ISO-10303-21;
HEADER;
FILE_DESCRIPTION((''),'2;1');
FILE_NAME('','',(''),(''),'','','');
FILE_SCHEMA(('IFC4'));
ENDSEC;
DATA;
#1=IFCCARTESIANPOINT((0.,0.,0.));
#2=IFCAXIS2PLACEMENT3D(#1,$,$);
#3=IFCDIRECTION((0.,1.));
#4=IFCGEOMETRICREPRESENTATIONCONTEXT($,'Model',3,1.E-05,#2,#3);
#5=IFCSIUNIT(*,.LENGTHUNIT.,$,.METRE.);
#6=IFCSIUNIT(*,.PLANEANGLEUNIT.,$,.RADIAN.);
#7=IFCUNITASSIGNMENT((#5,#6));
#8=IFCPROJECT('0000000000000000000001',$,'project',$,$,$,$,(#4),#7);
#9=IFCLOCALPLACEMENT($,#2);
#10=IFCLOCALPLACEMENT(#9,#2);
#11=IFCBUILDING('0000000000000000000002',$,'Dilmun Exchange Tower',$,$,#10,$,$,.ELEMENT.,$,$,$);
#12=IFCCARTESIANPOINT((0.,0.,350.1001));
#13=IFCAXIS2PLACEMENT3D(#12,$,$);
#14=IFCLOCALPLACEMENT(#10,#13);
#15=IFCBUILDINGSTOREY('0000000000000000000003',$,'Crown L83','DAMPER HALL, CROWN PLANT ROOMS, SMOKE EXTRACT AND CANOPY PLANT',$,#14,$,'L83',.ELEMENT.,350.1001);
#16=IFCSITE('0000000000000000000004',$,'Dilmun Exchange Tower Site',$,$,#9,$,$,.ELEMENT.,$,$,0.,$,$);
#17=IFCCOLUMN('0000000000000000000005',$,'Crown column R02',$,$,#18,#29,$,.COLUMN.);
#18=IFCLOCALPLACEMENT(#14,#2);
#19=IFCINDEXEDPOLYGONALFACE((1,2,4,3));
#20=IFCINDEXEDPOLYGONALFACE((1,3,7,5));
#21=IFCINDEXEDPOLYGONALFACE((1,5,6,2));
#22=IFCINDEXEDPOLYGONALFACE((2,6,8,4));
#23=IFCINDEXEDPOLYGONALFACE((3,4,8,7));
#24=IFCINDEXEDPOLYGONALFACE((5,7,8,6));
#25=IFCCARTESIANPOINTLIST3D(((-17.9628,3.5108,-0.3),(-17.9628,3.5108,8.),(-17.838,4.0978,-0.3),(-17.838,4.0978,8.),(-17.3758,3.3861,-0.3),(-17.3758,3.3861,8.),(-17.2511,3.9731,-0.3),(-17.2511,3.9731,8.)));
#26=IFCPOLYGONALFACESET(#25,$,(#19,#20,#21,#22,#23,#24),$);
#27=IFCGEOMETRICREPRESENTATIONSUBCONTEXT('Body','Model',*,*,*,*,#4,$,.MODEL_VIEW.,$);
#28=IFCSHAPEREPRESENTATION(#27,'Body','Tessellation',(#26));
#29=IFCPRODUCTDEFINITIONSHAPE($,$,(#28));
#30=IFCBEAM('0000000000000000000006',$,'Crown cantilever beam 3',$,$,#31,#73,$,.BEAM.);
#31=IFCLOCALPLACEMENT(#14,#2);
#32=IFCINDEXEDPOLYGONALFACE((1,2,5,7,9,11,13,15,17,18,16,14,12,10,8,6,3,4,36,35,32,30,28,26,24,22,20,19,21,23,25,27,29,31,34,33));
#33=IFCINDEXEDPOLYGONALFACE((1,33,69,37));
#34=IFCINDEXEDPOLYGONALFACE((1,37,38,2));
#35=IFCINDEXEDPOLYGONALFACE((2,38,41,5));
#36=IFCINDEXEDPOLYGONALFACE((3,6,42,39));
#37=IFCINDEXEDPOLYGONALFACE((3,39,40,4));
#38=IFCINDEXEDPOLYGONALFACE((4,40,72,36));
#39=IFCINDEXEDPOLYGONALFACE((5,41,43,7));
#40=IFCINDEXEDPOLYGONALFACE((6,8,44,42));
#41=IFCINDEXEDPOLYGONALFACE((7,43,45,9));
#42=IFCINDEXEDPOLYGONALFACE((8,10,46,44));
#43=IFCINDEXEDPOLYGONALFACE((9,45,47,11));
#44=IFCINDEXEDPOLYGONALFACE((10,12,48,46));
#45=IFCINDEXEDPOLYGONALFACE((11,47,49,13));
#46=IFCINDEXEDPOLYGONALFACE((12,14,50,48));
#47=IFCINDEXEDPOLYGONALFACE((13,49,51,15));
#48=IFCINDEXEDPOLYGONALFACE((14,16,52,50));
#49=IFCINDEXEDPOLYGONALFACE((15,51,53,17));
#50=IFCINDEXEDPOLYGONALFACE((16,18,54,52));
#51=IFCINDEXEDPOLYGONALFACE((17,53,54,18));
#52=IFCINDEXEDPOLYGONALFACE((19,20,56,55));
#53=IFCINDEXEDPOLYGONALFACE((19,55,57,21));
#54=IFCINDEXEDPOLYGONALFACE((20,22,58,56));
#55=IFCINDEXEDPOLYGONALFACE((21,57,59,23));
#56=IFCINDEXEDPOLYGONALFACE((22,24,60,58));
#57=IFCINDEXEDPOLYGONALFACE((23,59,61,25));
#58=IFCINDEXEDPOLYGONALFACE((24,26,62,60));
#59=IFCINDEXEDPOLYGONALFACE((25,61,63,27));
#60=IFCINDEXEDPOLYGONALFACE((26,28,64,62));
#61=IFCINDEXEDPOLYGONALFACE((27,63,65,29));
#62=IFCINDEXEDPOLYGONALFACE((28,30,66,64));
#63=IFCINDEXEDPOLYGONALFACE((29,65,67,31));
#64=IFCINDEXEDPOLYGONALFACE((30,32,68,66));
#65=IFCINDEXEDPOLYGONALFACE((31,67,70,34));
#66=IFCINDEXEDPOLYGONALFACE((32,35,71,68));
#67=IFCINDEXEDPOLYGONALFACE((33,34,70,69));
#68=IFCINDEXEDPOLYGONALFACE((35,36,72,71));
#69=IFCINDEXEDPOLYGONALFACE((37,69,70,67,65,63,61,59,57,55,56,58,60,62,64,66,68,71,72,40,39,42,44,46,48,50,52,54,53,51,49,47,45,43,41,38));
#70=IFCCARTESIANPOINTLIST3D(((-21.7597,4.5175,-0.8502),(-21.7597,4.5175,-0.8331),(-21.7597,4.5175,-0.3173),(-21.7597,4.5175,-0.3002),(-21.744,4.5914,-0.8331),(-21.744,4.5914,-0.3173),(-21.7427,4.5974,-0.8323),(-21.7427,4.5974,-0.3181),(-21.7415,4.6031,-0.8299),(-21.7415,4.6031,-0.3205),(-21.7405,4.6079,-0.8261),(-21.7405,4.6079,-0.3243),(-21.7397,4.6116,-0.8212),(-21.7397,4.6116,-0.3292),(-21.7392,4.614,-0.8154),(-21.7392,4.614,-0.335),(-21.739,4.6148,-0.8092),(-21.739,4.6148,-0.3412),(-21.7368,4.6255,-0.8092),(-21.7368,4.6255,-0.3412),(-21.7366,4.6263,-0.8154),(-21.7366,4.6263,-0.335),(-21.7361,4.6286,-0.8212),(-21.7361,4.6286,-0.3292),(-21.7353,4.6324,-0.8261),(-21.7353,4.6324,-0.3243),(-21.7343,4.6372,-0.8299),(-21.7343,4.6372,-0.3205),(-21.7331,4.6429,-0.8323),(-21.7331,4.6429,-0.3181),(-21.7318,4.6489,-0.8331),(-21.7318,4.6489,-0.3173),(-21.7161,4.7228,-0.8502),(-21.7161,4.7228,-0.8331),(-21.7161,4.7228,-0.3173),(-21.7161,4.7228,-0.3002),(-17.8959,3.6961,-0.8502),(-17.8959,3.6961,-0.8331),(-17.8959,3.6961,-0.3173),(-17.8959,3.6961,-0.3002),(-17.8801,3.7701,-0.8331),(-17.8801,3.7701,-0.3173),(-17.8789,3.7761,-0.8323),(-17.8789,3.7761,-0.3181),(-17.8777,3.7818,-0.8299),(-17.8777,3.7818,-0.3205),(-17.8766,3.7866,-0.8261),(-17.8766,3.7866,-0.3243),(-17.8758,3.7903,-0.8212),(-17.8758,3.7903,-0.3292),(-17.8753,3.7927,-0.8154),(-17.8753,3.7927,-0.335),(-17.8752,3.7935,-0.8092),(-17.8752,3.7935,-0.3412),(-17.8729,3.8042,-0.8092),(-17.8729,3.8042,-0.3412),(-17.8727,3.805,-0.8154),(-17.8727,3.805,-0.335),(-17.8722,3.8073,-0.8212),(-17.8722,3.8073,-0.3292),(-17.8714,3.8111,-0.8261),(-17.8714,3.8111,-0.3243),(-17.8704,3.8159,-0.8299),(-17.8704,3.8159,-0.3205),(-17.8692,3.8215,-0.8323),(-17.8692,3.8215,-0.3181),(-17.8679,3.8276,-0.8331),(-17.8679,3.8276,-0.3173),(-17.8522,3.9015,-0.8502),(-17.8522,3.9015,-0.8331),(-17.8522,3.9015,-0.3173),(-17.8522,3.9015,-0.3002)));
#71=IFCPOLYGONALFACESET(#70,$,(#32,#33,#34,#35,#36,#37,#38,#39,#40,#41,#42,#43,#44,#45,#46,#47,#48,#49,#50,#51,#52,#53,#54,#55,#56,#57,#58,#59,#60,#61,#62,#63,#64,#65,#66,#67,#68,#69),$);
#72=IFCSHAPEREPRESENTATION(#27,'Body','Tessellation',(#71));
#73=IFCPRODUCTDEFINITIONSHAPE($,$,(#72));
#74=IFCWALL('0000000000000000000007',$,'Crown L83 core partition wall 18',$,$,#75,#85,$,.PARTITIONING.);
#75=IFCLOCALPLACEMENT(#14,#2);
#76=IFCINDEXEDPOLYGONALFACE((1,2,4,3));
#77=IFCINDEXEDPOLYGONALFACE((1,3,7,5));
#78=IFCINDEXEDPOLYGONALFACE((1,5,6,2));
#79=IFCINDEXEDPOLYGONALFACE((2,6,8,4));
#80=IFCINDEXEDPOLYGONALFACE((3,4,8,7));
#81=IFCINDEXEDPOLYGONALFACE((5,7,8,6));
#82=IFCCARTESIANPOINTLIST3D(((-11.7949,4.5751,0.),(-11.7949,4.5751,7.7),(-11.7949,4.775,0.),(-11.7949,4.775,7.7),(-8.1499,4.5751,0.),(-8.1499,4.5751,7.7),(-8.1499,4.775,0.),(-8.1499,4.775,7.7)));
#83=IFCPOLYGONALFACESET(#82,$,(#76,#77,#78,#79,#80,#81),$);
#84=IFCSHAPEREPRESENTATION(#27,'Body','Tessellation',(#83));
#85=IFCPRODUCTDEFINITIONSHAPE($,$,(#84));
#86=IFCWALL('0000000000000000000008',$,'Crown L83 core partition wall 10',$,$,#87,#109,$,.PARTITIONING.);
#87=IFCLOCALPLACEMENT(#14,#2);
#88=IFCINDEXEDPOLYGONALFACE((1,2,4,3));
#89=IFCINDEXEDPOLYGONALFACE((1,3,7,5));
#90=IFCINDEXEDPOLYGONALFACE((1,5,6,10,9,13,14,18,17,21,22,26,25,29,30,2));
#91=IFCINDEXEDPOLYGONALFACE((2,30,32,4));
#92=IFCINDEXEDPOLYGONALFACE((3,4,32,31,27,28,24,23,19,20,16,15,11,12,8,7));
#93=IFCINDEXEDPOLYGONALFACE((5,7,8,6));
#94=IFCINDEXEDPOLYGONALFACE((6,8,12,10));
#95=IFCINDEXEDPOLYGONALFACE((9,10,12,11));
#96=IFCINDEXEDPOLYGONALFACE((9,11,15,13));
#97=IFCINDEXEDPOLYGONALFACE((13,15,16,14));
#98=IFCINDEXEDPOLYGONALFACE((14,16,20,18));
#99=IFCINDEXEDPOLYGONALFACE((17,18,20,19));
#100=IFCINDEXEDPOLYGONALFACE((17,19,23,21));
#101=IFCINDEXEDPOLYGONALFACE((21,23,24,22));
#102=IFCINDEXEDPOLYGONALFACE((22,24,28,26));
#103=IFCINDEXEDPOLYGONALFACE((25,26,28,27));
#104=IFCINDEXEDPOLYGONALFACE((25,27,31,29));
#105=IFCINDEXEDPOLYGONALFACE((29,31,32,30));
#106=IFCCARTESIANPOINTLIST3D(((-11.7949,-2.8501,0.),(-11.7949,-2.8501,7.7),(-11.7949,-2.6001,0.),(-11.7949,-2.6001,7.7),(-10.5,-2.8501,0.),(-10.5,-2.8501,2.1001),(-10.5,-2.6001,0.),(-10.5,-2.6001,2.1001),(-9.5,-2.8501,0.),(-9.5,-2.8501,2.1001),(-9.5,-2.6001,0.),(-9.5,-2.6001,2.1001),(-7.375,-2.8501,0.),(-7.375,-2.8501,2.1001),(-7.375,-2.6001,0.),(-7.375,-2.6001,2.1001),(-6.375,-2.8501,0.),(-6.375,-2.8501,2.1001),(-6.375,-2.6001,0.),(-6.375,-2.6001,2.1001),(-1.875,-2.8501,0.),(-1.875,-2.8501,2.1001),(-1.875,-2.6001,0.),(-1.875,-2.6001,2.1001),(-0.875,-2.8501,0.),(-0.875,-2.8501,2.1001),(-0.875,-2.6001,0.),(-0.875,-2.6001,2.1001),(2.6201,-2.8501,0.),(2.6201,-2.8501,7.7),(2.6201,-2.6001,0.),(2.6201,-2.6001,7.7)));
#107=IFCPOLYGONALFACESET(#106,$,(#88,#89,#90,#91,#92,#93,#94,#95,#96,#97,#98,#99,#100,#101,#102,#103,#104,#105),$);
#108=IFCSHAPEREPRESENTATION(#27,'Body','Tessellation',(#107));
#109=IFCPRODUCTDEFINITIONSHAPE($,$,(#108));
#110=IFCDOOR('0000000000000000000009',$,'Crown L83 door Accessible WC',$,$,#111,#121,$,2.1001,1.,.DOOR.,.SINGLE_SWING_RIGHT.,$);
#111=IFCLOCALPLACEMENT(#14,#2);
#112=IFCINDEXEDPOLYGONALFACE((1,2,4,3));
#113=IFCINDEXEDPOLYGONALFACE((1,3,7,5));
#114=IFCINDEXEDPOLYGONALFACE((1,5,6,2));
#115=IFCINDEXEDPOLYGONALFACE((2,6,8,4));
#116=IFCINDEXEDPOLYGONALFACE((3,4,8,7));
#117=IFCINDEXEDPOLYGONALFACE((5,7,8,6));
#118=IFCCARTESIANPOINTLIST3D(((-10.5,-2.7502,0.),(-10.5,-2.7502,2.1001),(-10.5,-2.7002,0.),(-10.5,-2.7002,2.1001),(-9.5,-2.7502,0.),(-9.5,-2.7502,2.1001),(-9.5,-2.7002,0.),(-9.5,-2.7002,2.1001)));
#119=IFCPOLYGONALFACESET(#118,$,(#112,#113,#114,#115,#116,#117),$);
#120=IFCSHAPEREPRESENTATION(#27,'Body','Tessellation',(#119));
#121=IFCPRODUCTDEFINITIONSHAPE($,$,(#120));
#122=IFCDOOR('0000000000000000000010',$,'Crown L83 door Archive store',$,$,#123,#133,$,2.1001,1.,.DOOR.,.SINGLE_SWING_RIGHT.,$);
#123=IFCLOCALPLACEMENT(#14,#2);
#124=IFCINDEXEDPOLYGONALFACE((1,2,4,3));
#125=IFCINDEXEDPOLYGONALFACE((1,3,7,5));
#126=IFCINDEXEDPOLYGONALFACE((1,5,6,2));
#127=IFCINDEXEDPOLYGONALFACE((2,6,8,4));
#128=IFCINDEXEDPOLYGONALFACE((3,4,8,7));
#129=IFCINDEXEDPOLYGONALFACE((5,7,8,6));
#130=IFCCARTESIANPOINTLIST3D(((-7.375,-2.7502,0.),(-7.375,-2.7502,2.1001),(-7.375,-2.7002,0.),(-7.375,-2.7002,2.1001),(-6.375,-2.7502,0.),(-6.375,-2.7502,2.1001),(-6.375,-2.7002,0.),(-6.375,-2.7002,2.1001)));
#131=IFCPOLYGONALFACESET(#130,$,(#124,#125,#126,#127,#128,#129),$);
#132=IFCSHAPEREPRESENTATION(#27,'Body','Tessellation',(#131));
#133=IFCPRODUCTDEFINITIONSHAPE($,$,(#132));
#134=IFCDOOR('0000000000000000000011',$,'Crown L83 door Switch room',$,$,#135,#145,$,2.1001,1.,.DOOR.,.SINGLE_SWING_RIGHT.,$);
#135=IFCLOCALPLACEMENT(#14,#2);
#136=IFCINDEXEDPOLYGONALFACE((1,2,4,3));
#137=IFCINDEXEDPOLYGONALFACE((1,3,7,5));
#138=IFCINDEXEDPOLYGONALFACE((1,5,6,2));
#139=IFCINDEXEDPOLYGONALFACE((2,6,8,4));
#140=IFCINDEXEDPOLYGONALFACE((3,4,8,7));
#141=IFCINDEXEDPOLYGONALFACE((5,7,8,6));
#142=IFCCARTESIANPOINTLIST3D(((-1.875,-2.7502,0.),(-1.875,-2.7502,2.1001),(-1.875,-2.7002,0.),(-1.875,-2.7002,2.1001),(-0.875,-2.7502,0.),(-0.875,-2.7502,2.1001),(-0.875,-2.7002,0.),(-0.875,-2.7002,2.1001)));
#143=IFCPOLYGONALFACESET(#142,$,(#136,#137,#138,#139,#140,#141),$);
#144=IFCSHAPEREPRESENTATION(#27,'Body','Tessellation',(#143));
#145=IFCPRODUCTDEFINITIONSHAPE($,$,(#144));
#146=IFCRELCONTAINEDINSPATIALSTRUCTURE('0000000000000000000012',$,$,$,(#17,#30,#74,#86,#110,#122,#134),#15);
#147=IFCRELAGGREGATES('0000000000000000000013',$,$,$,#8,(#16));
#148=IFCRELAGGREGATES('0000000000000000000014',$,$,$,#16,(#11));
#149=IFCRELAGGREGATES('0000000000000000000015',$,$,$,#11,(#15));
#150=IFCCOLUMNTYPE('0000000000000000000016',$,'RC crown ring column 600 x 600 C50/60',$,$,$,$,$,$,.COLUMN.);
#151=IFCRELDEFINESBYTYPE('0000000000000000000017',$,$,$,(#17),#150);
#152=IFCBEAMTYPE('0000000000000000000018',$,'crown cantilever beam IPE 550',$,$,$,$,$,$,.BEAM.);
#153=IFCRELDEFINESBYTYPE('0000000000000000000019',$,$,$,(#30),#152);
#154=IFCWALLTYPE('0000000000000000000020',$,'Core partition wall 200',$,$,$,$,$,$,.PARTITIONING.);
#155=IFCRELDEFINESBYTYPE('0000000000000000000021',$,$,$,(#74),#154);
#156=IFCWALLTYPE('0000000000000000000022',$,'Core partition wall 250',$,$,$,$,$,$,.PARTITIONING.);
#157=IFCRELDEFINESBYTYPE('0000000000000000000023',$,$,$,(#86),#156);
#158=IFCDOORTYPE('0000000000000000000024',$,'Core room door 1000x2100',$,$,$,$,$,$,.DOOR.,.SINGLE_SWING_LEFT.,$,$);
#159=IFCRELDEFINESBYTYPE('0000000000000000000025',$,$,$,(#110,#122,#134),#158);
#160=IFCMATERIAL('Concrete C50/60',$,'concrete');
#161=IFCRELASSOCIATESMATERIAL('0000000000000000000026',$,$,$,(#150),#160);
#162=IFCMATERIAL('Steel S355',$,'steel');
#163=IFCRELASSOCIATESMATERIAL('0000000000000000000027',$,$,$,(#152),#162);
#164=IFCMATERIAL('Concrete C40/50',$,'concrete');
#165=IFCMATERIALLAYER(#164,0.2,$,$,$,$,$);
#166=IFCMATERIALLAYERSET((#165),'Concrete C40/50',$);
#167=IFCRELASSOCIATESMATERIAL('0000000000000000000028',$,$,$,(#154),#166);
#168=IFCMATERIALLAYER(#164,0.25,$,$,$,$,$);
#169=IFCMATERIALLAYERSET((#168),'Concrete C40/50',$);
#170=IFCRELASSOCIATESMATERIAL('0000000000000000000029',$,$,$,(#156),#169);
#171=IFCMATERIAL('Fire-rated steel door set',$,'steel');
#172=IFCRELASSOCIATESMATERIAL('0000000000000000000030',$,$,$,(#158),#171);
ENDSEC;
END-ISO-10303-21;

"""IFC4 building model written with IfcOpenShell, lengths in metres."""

from ifc_helpers import new_model, si_unit, direction, frame, frame_2d, origin, origin_2d, place, context, subcontext, project, spatial, rectangle, i_section, extrude, material, layer, layer_set, material_profile, profile_set, type_object, element, fill, save


model = new_model("IFC4")

# Units and contexts
model_context = context("Model", 3, precision=1e-05, world=origin(), true_north=direction((0.0, 1.0)))
body_context = subcontext(model_context, "Body", "Model", "MODEL_VIEW")
ifc_project = project(units=[si_unit("LENGTHUNIT", "METRE"), si_unit("PLANEANGLEUNIT", "RADIAN")], contexts=[model_context])

# Site, building, storey
site_placement = place(None, origin())
site = spatial("IfcSite", under=ifc_project, at=site_placement, Name="Dilmun Exchange Tower Site", CompositionType="ELEMENT", RefElevation=0.0)
building_placement = place(site_placement, origin())
building = spatial("IfcBuilding", under=site, at=building_placement, Name="Dilmun Exchange Tower", CompositionType="ELEMENT")
storey_placement = place(building_placement, frame((0.0, 0.0, 350.1001)))
storey = spatial("IfcBuildingStorey", under=building, at=storey_placement, Name="Crown L83", Description="DAMPER HALL, CROWN PLANT ROOMS, SMOKE EXTRACT AND CANOPY PLANT", LongName="L83", CompositionType="ELEMENT", Elevation=350.1001)

# Column
ifc_material_1 = material(Name="Concrete C50/60", Category="concrete")
ifc_material_profile_1 = material_profile(ifc_material_1, rectangle(XDim=0.6001, YDim=0.6001, at=origin_2d()), Name="600 x 600")
ifc_profile_set_1 = profile_set([ifc_material_profile_1], Name="Concrete C50/60")
column_type = type_object("IfcColumnType", Name="RC crown ring column 600 x 600 C50/60", PredefinedType="COLUMN", material=ifc_profile_set_1)
column_placement = place(storey_placement, frame((-17.6069, 3.7419, -0.3), z_axis=(0.0, 0.0, 1.0), x_axis=(0.207912, 0.978148, 0.0)))
element("IfcColumn", 1, at=column_placement, inside=storey, type_object=column_type, Name="Crown column R02", PredefinedType="COLUMN", context=body_context, shape_type="SweptSolid", body=[
    extrude(rectangle(XDim=0.6001, YDim=0.6001, at=origin_2d()), origin(), (0.0, 0.0, 1.0), 8.3),
])

# Beam
ifc_material_2 = material(Name="Steel S355", Category="steel")
ifc_material_profile_2 = material_profile(ifc_material_2, i_section(OverallWidth=0.21, OverallDepth=0.55, WebThickness=0.011, FlangeThickness=0.0171, FilletRadius=0.0239, at=origin_2d()), Name="IPE 550")
ifc_profile_set_2 = profile_set([ifc_material_profile_2], Name="Steel S355")
beam_type = type_object("IfcBeamType", Name="crown cantilever beam IPE 550", PredefinedType="BEAM", material=ifc_profile_set_2)
beam_placement = place(storey_placement, frame((-17.874, 3.7988, -0.5752), z_axis=(-0.978147, 0.207916, 0.0), x_axis=(-0.207916, -0.978147, 0.0)))
element("IfcBeam", 2, at=beam_placement, inside=storey, type_object=beam_type, Name="Crown cantilever beam 3", PredefinedType="BEAM", context=body_context, shape_type="SweptSolid", body=[
    extrude(i_section(OverallWidth=0.21, OverallDepth=0.55, WebThickness=0.011, FlangeThickness=0.0171, FilletRadius=0.0239, at=origin_2d()), origin(), (0.0, 0.0, 1.0), 3.9502),
])

# Wall
ifc_material_3 = material(Name="Concrete C40/50", Category="concrete")
ifc_layer_1 = layer(ifc_material_3, 0.2)
ifc_layer_set_1 = layer_set([ifc_layer_1], Name="Concrete C40/50")
wall_type_1 = type_object("IfcWallType", Name="Core partition wall 200", PredefinedType="PARTITIONING", material=ifc_layer_set_1)
wall_1_placement = place(storey_placement, frame((-11.7949, 4.675, 0.0), z_axis=(0.0, 0.0, 1.0), x_axis=(1.0, 0.0, 0.0)))
element("IfcWall", 3, at=wall_1_placement, inside=storey, type_object=wall_type_1, Name="Crown L83 core partition wall 18", PredefinedType="PARTITIONING", context=body_context, shape_type="SweptSolid", body=[
    extrude(rectangle(XDim=3.645, YDim=0.2, at=frame_2d((1.8225, 0.0))), origin(), (0.0, 0.0, 1.0), 7.7),
])

# Wall, openings, doors
ifc_layer_2 = layer(ifc_material_3, 0.25)
ifc_layer_set_2 = layer_set([ifc_layer_2], Name="Concrete C40/50")
wall_type_2 = type_object("IfcWallType", Name="Core partition wall 250", PredefinedType="PARTITIONING", material=ifc_layer_set_2)
wall_2_placement = place(storey_placement, frame((-11.7949, -2.7251, 0.0), z_axis=(0.0, 0.0, 1.0), x_axis=(1.0, 0.0, 0.0)))
wall_2 = element("IfcWall", 4, at=wall_2_placement, inside=storey, type_object=wall_type_2, Name="Crown L83 core partition wall 10", PredefinedType="PARTITIONING", context=body_context, shape_type="SweptSolid", body=[
    extrude(rectangle(XDim=14.415, YDim=0.25, at=frame_2d((7.2075, 0.0))), origin(), (0.0, 0.0, 1.0), 7.7),
])
opening_1_placement = place(wall_2_placement, frame((1.2949, 0.0, 0.0)))
opening_1 = element("IfcOpeningElement", 5, at=opening_1_placement, cuts=wall_2, PredefinedType="OPENING", context=body_context, shape_type="SweptSolid", body=[
    extrude(rectangle(XDim=1.0, YDim=2.1001, at=frame_2d((0.5, 1.05))), frame((0.0, 0.135, 0.0), z_axis=(0.0, -1.0, 0.0), x_axis=(1.0, 0.0, 0.0)), (0.0, 0.0, 1.0), 0.27),
])
opening_2_placement = place(wall_2_placement, frame((4.4199, 0.0, 0.0)))
opening_2 = element("IfcOpeningElement", 6, at=opening_2_placement, cuts=wall_2, PredefinedType="OPENING", context=body_context, shape_type="SweptSolid", body=[
    extrude(rectangle(XDim=1.0, YDim=2.1001, at=frame_2d((0.5, 1.05))), frame((0.0, 0.135, 0.0), z_axis=(0.0, -1.0, 0.0), x_axis=(1.0, 0.0, 0.0)), (0.0, 0.0, 1.0), 0.27),
])
opening_3_placement = place(wall_2_placement, frame((9.9199, 0.0, 0.0)))
opening_3 = element("IfcOpeningElement", 7, at=opening_3_placement, cuts=wall_2, PredefinedType="OPENING", context=body_context, shape_type="SweptSolid", body=[
    extrude(rectangle(XDim=1.0, YDim=2.1001, at=frame_2d((0.5, 1.05))), frame((0.0, 0.135, 0.0), z_axis=(0.0, -1.0, 0.0), x_axis=(1.0, 0.0, 0.0)), (0.0, 0.0, 1.0), 0.27),
])
ifc_material_4 = material(Name="Fire-rated steel door set", Category="steel")
door_type_1 = type_object("IfcDoorType", Name="Core room door 1000x2100", OperationType="SINGLE_SWING_LEFT", PredefinedType="DOOR", material=ifc_material_4)
door_1_placement = place(opening_1_placement, origin())
door_1 = element("IfcDoor", 8, at=door_1_placement, inside=storey, type_object=door_type_1, Name="Crown L83 door Accessible WC", OperationType="SINGLE_SWING_RIGHT", OverallHeight=2.1001, OverallWidth=1.0, PredefinedType="DOOR", context=body_context, shape_type="SweptSolid", body=[
    extrude(rectangle(XDim=1.0, YDim=2.1001, at=frame_2d((0.5, 1.05))), frame((0.0, 0.0249, 0.0), z_axis=(0.0, -1.0, 0.0), x_axis=(1.0, 0.0, 0.0)), (0.0, 0.0, 1.0), 0.05),
])
fill(opening_1, door_1)
door_2_placement = place(opening_2_placement, origin())
door_2 = element("IfcDoor", 9, at=door_2_placement, inside=storey, type_object=door_type_1, Name="Crown L83 door Archive store", OperationType="SINGLE_SWING_RIGHT", OverallHeight=2.1001, OverallWidth=1.0, PredefinedType="DOOR", context=body_context, shape_type="SweptSolid", body=[
    extrude(rectangle(XDim=1.0, YDim=2.1001, at=frame_2d((0.5, 1.05))), frame((0.0, 0.0249, 0.0), z_axis=(0.0, -1.0, 0.0), x_axis=(1.0, 0.0, 0.0)), (0.0, 0.0, 1.0), 0.05),
])
fill(opening_2, door_2)
door_3_placement = place(opening_3_placement, origin())
door_3 = element("IfcDoor", 10, at=door_3_placement, inside=storey, type_object=door_type_1, Name="Crown L83 door Switch room", OperationType="SINGLE_SWING_RIGHT", OverallHeight=2.1001, OverallWidth=1.0, PredefinedType="DOOR", context=body_context, shape_type="SweptSolid", body=[
    extrude(rectangle(XDim=1.0, YDim=2.1001, at=frame_2d((0.5, 1.05))), frame((0.0, 0.0249, 0.0), z_axis=(0.0, -1.0, 0.0), x_axis=(1.0, 0.0, 0.0)), (0.0, 0.0, 1.0), 0.05),
])
fill(opening_3, door_3)

save(model, "model.ifc")
